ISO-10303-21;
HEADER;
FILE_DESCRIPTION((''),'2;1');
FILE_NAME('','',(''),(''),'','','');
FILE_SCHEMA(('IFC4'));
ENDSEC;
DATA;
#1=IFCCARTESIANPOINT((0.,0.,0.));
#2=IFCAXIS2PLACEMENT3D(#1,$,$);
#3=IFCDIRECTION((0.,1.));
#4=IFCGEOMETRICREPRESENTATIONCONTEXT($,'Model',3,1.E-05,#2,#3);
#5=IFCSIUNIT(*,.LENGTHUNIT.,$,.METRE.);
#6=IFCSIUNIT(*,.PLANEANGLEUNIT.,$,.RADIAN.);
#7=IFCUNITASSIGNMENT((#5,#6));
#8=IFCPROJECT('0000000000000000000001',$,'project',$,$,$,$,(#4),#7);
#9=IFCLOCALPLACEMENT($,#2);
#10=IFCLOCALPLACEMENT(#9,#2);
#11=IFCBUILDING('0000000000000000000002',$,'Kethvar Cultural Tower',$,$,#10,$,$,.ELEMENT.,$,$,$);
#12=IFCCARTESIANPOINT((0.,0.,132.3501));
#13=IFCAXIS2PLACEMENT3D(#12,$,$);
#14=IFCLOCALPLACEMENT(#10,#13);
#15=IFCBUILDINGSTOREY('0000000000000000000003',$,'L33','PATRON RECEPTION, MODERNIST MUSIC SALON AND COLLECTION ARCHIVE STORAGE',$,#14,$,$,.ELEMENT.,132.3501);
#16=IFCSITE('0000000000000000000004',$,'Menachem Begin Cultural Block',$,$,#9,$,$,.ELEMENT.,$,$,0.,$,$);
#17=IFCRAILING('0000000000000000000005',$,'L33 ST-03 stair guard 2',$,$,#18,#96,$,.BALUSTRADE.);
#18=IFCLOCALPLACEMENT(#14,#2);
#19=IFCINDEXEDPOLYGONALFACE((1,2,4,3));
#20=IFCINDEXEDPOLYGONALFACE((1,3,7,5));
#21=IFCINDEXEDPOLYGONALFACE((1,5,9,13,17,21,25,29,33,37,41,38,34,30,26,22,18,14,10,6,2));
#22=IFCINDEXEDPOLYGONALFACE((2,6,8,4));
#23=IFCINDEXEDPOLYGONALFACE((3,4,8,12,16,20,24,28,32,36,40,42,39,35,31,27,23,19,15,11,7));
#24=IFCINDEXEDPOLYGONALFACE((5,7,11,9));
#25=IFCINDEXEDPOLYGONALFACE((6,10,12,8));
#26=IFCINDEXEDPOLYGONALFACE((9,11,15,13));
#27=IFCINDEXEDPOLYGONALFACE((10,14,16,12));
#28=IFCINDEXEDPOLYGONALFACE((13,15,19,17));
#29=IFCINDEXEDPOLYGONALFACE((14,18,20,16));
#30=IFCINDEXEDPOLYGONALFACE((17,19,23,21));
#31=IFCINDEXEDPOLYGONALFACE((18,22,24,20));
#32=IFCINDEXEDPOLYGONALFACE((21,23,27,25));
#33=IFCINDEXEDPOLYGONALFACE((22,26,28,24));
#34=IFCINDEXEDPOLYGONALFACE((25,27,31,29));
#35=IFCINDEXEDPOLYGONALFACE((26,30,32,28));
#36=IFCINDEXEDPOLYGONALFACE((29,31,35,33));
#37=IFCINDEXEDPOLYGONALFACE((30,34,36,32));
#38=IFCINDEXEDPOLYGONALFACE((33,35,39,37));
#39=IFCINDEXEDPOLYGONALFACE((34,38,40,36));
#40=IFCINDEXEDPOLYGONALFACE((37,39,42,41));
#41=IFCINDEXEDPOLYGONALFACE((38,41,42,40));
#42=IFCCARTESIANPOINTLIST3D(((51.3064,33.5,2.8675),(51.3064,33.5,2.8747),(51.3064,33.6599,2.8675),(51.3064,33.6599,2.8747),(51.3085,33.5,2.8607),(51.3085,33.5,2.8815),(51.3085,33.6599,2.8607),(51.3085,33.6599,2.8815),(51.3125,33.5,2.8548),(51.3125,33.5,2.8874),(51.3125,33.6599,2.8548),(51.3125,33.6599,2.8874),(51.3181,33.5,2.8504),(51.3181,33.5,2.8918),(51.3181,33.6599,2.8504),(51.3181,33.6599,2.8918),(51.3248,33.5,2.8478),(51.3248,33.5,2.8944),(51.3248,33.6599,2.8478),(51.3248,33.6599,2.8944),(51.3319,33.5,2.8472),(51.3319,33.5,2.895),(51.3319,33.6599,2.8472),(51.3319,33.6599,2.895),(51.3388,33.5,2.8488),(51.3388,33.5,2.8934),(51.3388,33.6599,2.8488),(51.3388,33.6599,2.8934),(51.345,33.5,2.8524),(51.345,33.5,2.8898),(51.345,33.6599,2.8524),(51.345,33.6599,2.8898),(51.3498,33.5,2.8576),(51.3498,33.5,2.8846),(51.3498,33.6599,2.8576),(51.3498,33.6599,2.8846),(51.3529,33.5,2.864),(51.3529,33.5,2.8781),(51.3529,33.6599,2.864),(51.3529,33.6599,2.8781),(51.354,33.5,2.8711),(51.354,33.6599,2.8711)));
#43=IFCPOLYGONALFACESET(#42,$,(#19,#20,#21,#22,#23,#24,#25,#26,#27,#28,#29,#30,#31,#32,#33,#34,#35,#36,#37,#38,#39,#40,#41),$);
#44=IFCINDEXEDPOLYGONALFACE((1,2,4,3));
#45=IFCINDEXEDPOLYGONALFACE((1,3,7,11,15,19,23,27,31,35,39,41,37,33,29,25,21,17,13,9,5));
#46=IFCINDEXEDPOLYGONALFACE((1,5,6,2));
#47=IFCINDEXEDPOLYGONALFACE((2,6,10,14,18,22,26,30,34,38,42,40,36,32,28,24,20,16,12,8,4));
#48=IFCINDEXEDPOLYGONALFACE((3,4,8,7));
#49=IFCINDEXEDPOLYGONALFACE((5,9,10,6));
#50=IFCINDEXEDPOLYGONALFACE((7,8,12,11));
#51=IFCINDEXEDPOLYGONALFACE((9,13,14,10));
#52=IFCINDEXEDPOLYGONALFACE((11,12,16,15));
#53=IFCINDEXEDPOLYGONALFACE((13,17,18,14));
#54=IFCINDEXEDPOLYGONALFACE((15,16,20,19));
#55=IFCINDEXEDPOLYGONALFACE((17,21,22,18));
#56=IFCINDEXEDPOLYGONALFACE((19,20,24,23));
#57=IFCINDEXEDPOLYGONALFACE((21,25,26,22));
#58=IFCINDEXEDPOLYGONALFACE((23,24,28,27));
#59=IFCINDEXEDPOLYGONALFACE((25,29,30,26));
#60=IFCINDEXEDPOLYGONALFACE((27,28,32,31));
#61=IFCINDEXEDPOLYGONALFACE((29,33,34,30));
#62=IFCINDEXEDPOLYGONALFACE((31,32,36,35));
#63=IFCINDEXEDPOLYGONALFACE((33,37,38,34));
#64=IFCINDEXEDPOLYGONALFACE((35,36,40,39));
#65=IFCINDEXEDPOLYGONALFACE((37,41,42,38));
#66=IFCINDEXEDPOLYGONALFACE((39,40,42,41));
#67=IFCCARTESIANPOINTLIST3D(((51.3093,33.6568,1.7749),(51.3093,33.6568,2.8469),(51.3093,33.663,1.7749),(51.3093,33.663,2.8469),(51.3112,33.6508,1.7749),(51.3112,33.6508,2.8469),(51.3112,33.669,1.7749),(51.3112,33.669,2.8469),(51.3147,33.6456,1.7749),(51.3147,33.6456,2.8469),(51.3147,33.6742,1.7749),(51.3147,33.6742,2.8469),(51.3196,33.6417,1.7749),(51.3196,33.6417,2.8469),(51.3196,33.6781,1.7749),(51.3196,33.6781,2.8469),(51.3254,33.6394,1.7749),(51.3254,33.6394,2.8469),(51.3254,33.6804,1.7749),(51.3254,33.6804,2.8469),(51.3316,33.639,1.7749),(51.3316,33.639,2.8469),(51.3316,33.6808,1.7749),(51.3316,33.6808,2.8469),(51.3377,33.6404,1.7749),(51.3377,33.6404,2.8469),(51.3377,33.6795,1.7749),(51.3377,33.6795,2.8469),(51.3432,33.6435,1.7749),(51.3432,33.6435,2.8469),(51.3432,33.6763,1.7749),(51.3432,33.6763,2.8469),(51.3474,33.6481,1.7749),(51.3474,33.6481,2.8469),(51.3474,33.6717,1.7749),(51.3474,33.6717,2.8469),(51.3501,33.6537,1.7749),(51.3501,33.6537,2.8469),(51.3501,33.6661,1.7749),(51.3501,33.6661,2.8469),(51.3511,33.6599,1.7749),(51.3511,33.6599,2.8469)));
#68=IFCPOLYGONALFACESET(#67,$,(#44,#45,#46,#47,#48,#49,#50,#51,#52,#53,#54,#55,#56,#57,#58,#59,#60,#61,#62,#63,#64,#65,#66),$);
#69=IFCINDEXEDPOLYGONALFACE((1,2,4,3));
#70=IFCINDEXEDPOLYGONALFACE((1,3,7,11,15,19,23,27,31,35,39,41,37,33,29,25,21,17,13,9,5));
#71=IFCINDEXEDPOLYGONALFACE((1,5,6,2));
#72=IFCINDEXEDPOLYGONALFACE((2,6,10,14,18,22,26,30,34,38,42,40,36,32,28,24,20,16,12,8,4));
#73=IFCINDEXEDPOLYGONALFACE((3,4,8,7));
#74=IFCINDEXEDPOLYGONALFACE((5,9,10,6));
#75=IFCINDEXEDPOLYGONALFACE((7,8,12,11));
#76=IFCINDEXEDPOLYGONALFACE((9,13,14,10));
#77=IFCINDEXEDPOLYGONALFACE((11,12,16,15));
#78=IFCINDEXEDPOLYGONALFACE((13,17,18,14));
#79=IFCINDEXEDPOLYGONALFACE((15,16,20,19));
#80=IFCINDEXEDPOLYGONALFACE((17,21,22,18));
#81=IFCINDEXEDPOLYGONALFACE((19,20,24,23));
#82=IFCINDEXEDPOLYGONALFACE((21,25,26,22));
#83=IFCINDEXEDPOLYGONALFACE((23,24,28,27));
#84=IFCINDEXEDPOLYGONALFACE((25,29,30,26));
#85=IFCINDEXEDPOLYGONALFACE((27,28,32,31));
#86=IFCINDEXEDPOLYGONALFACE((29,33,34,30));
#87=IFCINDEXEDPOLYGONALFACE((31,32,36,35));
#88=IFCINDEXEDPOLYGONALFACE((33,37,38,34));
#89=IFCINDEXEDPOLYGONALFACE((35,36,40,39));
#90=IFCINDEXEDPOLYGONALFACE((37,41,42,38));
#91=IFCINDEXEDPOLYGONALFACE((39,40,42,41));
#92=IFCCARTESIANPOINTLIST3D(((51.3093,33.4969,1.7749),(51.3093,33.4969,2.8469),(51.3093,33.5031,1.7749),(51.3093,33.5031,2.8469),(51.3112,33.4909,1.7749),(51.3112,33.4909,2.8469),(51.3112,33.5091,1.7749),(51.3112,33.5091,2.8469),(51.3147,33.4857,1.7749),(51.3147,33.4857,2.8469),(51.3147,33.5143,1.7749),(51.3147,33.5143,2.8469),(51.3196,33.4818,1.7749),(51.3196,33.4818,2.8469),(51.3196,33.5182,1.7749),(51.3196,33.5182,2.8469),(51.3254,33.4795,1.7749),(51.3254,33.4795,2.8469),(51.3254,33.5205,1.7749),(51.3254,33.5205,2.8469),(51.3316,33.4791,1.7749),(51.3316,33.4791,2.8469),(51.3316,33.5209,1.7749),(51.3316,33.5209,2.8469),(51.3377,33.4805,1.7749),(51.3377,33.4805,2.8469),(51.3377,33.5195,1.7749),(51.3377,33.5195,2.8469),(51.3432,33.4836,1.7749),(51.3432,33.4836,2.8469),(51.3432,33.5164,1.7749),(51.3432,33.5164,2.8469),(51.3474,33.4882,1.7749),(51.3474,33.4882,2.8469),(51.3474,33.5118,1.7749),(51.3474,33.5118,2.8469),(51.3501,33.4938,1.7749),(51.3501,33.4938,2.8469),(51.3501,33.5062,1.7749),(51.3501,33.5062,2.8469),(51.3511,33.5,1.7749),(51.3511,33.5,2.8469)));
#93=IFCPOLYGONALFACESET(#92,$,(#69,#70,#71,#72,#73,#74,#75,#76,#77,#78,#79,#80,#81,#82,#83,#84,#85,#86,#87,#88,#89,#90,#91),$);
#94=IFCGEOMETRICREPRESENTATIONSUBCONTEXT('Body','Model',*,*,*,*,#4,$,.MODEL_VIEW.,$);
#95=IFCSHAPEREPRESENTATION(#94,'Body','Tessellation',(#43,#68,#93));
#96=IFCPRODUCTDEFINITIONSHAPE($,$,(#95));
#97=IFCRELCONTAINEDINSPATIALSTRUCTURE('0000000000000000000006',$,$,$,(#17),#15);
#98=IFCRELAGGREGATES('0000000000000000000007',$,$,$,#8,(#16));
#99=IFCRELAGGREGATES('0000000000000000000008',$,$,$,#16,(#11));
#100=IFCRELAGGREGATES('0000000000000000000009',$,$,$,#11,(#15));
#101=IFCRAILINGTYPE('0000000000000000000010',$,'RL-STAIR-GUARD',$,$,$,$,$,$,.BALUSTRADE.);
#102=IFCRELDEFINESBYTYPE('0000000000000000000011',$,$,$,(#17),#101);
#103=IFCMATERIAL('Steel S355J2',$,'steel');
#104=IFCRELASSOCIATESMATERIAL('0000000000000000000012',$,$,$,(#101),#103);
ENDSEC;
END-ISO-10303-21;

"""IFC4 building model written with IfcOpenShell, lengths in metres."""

from ifc_helpers import new_model, si_unit, direction, frame, origin, origin_2d, place, context, subcontext, project, spatial, circle, extrude, material, type_object, element, save


model = new_model("IFC4")

# Units and contexts
model_context = context("Model", 3, precision=1e-05, world=origin(), true_north=direction((0.0, 1.0)))
body_context = subcontext(model_context, "Body", "Model", "MODEL_VIEW")
ifc_project = project(units=[si_unit("LENGTHUNIT", "METRE"), si_unit("PLANEANGLEUNIT", "RADIAN")], contexts=[model_context])

# Site, building, storey
site_placement = place(None, origin())
site = spatial("IfcSite", under=ifc_project, at=site_placement, Name="Menachem Begin Cultural Block", CompositionType="ELEMENT", RefElevation=0.0)
building_placement = place(site_placement, origin())
building = spatial("IfcBuilding", under=site, at=building_placement, Name="Kethvar Cultural Tower", CompositionType="ELEMENT")
storey_placement = place(building_placement, frame((0.0, 0.0, 132.3501)))
storey = spatial("IfcBuildingStorey", under=building, at=storey_placement, Name="L33", Description="PATRON RECEPTION, MODERNIST MUSIC SALON AND COLLECTION ARCHIVE STORAGE", CompositionType="ELEMENT", Elevation=132.3501)

# Shared definitions
ifc_material_1 = material(Name="Steel S355J2", Category="steel")

# Railing
railing_type_1 = type_object("IfcRailingType", Name="RL-STAIR-GUARD", PredefinedType="BALUSTRADE", material=ifc_material_1)
railing_1_placement = place(storey_placement, frame((51.3301, 33.6599, 1.7749)))
element("IfcRailing", 1, at=railing_1_placement, inside=storey, type_object=railing_type_1, Name="L33 ST-03 stair guard 2", PredefinedType="BALUSTRADE", context=body_context, shape_type="SweptSolid", body=[
    extrude(circle(Radius=0.0239, at=origin_2d()), frame((0.0, 0.0, 1.0962), z_axis=(0.0, -1.0, 0.0), x_axis=(1.0, 0.0, 0.0)), (0.0, 0.0, 1.0), 0.1599),
    extrude(circle(Radius=0.021, at=origin_2d()), origin(), (0.0, 0.0, 1.0), 1.072),
    extrude(circle(Radius=0.021, at=origin_2d()), frame((0.0, -0.1599, 0.0)), (0.0, 0.0, 1.0), 1.072),
])

save(model, "model.ifc")
